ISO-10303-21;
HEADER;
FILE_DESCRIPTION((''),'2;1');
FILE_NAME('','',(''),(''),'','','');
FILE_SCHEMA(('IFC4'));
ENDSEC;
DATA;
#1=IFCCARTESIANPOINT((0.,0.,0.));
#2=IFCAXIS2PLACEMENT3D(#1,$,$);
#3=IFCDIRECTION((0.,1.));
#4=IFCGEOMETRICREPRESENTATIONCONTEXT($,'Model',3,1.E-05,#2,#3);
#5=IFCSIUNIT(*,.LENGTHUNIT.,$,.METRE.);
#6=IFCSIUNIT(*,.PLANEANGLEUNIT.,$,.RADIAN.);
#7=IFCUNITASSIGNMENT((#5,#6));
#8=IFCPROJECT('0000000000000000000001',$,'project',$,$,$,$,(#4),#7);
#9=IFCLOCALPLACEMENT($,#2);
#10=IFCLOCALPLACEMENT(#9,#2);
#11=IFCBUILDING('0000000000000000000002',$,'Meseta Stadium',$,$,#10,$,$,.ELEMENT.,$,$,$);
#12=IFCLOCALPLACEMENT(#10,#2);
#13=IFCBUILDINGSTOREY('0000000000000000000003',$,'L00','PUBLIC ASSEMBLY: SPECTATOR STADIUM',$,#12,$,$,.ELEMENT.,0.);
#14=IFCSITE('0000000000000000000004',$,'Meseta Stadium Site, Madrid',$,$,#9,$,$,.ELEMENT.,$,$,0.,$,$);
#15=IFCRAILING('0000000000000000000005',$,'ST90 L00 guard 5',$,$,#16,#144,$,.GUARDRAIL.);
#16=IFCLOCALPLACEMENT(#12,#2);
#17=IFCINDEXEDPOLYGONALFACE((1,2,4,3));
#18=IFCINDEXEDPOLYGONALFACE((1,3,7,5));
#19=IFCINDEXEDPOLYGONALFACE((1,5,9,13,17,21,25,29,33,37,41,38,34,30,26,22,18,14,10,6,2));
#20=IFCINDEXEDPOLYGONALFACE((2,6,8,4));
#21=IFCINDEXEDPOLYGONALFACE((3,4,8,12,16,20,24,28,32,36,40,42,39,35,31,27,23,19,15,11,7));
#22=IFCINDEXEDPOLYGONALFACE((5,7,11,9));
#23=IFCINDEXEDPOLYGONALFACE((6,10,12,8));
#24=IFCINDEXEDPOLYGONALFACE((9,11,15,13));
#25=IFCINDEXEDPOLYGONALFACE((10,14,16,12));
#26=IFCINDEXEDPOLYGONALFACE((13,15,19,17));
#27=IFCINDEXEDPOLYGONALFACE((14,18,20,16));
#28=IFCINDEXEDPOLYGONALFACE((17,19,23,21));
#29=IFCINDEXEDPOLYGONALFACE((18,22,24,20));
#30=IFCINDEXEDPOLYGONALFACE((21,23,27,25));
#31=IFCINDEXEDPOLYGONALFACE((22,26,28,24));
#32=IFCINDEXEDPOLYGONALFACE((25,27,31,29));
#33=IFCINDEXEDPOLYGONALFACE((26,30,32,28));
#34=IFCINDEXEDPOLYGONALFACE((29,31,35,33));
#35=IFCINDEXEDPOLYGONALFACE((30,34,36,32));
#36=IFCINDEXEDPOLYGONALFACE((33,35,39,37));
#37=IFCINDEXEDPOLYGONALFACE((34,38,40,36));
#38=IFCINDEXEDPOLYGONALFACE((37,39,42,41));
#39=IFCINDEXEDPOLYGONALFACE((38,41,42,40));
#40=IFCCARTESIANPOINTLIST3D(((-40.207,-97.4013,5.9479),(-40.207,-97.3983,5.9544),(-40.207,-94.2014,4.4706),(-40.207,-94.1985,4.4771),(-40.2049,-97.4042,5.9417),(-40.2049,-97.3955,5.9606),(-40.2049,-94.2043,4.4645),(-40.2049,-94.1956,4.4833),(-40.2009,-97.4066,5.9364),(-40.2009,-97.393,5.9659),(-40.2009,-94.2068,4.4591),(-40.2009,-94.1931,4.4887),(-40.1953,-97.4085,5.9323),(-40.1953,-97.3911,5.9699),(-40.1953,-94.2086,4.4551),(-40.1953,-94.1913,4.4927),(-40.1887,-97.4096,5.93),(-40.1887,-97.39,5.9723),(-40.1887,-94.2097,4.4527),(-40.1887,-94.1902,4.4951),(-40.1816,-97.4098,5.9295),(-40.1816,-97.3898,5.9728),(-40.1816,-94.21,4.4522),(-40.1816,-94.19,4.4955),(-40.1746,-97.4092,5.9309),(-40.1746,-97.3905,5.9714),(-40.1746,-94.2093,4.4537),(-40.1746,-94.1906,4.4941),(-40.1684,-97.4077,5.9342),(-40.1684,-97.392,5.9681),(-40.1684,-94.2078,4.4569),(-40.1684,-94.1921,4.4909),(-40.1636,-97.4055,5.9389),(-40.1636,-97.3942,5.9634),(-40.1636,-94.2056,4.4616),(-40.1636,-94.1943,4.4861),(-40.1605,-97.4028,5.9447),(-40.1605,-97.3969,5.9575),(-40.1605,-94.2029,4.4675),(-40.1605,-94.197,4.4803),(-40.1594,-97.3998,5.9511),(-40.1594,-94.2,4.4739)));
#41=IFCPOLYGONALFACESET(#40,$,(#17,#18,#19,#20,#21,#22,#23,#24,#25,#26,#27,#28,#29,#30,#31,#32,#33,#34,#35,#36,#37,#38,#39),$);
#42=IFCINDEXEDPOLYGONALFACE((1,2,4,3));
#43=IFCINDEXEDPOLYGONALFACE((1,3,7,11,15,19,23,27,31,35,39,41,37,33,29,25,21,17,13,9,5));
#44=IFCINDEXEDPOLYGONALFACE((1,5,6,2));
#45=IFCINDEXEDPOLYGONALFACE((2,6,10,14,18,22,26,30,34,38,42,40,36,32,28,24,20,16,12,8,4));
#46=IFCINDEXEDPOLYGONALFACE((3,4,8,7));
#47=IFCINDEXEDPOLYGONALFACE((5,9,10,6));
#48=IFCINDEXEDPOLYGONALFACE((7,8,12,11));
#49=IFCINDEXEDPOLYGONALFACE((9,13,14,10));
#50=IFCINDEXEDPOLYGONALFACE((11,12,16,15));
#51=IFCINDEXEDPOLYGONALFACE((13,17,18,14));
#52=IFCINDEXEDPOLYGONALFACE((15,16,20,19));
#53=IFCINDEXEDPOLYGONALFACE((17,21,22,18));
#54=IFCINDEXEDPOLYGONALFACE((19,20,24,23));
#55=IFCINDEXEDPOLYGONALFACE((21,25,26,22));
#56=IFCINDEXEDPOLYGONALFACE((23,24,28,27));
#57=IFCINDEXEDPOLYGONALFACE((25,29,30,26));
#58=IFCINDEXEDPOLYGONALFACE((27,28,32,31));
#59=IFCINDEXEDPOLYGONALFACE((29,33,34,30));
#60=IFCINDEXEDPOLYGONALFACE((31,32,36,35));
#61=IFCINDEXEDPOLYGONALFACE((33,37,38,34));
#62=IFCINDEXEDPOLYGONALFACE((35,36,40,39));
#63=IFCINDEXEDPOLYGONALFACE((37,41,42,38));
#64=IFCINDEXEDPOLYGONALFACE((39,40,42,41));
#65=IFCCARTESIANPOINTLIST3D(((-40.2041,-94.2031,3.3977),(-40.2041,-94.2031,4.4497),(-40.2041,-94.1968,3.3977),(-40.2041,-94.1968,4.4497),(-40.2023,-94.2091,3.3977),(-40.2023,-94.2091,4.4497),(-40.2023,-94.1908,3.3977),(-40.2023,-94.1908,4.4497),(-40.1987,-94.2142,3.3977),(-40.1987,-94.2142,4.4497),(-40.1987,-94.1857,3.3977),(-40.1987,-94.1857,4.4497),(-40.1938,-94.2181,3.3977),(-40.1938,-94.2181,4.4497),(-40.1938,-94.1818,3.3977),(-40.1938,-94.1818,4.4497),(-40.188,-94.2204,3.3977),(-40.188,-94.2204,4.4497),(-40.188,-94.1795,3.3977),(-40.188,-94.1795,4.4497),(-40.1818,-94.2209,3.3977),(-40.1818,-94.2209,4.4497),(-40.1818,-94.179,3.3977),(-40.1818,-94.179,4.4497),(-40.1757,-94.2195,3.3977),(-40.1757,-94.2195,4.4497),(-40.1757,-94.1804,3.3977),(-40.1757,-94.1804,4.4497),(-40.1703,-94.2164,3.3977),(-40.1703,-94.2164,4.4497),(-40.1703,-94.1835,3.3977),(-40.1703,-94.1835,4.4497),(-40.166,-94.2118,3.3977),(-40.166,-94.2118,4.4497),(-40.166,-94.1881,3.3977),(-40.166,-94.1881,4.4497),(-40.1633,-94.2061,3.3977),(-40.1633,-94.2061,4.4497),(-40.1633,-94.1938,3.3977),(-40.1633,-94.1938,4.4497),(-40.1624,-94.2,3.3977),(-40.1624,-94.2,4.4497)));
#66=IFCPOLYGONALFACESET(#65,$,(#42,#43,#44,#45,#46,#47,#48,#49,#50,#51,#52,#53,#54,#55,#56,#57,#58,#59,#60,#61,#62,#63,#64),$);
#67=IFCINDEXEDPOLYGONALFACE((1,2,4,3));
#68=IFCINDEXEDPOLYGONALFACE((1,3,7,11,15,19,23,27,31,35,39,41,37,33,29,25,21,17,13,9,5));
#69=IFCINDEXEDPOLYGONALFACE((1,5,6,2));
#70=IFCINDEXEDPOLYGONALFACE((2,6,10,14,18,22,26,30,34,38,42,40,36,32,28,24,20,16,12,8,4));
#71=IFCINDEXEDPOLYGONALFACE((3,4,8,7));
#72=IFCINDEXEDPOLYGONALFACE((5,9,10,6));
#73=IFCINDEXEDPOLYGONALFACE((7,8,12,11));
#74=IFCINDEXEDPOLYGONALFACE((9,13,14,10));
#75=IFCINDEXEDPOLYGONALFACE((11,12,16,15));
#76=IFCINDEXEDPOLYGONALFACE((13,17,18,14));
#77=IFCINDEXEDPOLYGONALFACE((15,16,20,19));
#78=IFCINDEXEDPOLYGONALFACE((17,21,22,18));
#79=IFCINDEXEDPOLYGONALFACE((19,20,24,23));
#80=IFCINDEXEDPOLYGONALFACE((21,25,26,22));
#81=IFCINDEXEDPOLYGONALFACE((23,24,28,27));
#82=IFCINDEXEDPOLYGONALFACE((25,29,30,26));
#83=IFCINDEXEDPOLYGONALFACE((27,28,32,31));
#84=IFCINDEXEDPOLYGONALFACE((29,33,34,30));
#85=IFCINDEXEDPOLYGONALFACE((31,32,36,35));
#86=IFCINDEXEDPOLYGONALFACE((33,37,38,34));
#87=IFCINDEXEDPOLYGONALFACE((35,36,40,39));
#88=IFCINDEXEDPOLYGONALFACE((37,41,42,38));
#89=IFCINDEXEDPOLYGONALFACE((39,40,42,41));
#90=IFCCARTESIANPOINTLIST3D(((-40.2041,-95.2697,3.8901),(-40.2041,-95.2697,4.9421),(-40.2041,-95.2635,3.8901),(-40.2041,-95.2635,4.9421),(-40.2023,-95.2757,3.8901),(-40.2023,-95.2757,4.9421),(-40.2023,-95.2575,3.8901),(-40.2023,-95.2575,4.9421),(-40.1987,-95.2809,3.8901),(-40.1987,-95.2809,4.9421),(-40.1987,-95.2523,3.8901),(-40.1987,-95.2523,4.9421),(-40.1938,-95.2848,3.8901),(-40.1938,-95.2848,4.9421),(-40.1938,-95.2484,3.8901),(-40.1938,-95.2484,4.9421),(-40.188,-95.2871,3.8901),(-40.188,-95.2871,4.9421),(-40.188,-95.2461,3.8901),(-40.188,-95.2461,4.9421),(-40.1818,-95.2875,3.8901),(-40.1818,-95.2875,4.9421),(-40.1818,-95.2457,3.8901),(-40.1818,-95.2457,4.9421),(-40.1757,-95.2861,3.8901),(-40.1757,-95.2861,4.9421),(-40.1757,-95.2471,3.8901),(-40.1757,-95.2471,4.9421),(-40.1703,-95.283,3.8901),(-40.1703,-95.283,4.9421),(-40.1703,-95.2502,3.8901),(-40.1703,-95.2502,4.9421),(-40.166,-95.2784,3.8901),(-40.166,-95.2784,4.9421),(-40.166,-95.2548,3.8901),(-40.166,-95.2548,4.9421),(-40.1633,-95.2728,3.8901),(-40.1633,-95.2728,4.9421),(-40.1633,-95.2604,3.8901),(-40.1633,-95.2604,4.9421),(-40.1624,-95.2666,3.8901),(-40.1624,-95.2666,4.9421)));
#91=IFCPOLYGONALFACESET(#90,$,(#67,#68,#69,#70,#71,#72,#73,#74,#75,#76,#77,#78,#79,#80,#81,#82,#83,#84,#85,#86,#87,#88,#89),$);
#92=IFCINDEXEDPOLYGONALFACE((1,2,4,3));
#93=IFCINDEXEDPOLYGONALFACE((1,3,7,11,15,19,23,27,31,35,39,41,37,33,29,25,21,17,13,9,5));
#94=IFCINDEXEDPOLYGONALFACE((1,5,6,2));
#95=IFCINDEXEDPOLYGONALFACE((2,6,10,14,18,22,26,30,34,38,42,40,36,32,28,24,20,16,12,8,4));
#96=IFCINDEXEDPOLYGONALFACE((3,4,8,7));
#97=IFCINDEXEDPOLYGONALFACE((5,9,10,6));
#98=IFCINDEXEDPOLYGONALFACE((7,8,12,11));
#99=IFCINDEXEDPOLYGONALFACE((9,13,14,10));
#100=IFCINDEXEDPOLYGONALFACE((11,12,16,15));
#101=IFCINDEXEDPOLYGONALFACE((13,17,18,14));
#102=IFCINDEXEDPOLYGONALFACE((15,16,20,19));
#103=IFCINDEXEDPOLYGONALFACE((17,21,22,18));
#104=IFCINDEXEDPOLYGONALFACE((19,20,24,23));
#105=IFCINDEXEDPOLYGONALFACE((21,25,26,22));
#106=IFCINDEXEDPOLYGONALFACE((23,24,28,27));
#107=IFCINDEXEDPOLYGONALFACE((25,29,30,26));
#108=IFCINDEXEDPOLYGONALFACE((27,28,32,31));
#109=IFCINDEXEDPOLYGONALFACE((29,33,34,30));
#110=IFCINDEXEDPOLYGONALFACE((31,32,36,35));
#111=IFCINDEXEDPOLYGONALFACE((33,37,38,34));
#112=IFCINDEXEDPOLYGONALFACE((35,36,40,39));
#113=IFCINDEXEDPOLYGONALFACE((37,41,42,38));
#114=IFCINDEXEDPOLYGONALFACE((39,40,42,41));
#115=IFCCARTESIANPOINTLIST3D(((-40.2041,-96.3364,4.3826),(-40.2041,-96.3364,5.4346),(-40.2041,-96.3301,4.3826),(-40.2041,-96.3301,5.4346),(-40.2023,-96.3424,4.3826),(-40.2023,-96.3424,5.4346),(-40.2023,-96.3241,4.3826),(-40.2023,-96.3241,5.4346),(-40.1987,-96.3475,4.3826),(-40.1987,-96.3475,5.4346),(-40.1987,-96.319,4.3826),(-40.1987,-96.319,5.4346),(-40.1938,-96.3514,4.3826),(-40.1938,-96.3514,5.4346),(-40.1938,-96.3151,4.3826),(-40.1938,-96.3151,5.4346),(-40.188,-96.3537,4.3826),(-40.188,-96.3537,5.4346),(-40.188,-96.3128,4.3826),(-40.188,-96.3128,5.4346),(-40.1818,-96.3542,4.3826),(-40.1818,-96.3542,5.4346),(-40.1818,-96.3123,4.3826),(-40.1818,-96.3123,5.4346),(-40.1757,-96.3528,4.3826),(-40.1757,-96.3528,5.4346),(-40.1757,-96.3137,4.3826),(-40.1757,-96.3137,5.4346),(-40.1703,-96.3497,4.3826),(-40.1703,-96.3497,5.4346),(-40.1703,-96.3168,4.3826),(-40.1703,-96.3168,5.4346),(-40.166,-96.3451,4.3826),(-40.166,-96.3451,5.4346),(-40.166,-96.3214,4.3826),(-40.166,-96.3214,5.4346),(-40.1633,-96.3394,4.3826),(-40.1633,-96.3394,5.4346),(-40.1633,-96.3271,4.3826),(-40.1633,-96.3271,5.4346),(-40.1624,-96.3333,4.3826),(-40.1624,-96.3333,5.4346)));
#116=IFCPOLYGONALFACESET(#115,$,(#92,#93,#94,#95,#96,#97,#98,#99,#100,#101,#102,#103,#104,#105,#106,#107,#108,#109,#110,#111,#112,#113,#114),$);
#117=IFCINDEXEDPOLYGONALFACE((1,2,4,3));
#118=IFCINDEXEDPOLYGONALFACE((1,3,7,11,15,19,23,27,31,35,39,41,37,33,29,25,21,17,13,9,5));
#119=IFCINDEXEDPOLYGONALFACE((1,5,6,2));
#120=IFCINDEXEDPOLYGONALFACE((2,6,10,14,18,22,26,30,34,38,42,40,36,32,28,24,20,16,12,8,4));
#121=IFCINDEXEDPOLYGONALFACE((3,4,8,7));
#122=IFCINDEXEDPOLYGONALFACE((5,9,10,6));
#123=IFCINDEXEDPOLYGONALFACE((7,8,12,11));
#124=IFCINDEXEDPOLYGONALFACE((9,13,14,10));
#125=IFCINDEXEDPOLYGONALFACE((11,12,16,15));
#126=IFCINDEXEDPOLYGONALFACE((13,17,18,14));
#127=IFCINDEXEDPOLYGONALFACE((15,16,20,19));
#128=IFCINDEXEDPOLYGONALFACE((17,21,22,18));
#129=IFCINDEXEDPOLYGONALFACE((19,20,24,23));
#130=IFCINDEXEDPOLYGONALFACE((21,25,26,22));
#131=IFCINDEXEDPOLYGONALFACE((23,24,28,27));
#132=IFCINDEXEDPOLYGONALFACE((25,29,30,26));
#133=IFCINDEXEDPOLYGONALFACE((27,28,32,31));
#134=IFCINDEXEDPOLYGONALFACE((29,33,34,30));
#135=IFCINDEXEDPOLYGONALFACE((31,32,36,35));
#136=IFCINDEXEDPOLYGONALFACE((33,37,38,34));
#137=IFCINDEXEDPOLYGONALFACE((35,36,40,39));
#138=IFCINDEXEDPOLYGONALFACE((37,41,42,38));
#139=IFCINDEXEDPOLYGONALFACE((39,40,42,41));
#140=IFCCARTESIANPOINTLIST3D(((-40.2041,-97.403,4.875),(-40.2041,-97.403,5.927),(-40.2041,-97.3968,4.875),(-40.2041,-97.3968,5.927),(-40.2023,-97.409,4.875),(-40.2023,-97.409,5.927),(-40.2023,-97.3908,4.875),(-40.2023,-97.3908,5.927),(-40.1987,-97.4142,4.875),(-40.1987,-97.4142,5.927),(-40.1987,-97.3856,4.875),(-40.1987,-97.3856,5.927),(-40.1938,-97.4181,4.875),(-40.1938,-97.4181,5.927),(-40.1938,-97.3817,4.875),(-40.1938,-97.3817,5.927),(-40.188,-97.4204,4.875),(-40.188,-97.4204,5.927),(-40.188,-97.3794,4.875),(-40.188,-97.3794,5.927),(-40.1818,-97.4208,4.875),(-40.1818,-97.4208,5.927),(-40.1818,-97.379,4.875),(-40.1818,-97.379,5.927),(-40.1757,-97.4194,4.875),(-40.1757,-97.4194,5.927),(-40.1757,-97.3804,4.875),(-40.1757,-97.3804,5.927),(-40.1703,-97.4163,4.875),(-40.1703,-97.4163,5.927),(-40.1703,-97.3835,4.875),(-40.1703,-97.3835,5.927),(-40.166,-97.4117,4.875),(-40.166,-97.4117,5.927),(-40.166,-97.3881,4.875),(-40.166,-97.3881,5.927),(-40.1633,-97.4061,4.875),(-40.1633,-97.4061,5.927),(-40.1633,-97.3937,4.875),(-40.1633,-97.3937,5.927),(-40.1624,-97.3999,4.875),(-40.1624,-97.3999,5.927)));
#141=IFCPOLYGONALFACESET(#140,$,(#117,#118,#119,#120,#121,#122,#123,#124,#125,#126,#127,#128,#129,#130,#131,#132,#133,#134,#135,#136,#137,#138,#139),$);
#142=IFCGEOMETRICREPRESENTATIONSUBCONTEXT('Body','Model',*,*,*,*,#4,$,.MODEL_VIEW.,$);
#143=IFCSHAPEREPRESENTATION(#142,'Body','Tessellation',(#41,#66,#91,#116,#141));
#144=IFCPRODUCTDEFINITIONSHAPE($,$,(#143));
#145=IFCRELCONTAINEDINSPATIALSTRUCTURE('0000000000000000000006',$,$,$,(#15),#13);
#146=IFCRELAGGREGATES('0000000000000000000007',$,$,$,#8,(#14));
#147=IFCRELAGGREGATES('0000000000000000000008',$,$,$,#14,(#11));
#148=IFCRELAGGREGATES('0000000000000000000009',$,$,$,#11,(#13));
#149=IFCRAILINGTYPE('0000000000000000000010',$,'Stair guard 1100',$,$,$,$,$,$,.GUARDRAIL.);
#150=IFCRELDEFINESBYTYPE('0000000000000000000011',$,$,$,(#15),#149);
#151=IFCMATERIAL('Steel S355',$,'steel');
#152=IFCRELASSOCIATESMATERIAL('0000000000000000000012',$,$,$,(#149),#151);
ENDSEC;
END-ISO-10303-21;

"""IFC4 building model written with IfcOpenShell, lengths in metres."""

from ifc_helpers import new_model, si_unit, direction, frame, origin, origin_2d, place, context, subcontext, project, spatial, circle, extrude, material, type_object, element, save


model = new_model("IFC4")

# Units and contexts
model_context = context("Model", 3, precision=1e-05, world=origin(), true_north=direction((0.0, 1.0)))
body_context = subcontext(model_context, "Body", "Model", "MODEL_VIEW")
ifc_project = project(units=[si_unit("LENGTHUNIT", "METRE"), si_unit("PLANEANGLEUNIT", "RADIAN")], contexts=[model_context])

# Site, building, storey
site_placement = place(None, origin())
site = spatial("IfcSite", under=ifc_project, at=site_placement, Name="Meseta Stadium Site, Madrid", CompositionType="ELEMENT", RefElevation=0.0)
building_placement = place(site_placement, origin())
building = spatial("IfcBuilding", under=site, at=building_placement, Name="Meseta Stadium", CompositionType="ELEMENT")
storey_placement = place(building_placement, origin())
storey = spatial("IfcBuildingStorey", under=building, at=storey_placement, Name="L00", Description="PUBLIC ASSEMBLY: SPECTATOR STADIUM", CompositionType="ELEMENT", Elevation=0.0)

# Railing
ifc_material_1 = material(Name="Steel S355", Category="steel")
railing_type_1 = type_object("IfcRailingType", Name="Stair guard 1100", PredefinedType="GUARDRAIL", material=ifc_material_1)
railing_1_placement = place(storey_placement, frame((-40.1833, -94.2, 3.3977)))
element("IfcRailing", 1, at=railing_1_placement, inside=storey, type_object=railing_type_1, Name="ST90 L00 guard 5", PredefinedType="GUARDRAIL", context=body_context, shape_type="SweptSolid", body=[
    extrude(circle(Radius=0.0239, at=origin_2d()), frame((0.0, 0.0, 1.0762), z_axis=(0.0, -0.907917, 0.41915), x_axis=(1.0, 0.0, 0.0)), (0.0, 0.0, 1.0), 3.5244),
    extrude(circle(Radius=0.021, at=origin_2d()), origin(), (0.0, 0.0, 1.0), 1.052),
    extrude(circle(Radius=0.021, at=origin_2d()), frame((0.0, -1.0667, 0.4924)), (0.0, 0.0, 1.0), 1.052),
    extrude(circle(Radius=0.021, at=origin_2d()), frame((0.0, -2.1333, 0.9849)), (0.0, 0.0, 1.0), 1.052),
    extrude(circle(Radius=0.021, at=origin_2d()), frame((0.0, -3.2, 1.4773)), (0.0, 0.0, 1.0), 1.052),
])

save(model, "model.ifc")
